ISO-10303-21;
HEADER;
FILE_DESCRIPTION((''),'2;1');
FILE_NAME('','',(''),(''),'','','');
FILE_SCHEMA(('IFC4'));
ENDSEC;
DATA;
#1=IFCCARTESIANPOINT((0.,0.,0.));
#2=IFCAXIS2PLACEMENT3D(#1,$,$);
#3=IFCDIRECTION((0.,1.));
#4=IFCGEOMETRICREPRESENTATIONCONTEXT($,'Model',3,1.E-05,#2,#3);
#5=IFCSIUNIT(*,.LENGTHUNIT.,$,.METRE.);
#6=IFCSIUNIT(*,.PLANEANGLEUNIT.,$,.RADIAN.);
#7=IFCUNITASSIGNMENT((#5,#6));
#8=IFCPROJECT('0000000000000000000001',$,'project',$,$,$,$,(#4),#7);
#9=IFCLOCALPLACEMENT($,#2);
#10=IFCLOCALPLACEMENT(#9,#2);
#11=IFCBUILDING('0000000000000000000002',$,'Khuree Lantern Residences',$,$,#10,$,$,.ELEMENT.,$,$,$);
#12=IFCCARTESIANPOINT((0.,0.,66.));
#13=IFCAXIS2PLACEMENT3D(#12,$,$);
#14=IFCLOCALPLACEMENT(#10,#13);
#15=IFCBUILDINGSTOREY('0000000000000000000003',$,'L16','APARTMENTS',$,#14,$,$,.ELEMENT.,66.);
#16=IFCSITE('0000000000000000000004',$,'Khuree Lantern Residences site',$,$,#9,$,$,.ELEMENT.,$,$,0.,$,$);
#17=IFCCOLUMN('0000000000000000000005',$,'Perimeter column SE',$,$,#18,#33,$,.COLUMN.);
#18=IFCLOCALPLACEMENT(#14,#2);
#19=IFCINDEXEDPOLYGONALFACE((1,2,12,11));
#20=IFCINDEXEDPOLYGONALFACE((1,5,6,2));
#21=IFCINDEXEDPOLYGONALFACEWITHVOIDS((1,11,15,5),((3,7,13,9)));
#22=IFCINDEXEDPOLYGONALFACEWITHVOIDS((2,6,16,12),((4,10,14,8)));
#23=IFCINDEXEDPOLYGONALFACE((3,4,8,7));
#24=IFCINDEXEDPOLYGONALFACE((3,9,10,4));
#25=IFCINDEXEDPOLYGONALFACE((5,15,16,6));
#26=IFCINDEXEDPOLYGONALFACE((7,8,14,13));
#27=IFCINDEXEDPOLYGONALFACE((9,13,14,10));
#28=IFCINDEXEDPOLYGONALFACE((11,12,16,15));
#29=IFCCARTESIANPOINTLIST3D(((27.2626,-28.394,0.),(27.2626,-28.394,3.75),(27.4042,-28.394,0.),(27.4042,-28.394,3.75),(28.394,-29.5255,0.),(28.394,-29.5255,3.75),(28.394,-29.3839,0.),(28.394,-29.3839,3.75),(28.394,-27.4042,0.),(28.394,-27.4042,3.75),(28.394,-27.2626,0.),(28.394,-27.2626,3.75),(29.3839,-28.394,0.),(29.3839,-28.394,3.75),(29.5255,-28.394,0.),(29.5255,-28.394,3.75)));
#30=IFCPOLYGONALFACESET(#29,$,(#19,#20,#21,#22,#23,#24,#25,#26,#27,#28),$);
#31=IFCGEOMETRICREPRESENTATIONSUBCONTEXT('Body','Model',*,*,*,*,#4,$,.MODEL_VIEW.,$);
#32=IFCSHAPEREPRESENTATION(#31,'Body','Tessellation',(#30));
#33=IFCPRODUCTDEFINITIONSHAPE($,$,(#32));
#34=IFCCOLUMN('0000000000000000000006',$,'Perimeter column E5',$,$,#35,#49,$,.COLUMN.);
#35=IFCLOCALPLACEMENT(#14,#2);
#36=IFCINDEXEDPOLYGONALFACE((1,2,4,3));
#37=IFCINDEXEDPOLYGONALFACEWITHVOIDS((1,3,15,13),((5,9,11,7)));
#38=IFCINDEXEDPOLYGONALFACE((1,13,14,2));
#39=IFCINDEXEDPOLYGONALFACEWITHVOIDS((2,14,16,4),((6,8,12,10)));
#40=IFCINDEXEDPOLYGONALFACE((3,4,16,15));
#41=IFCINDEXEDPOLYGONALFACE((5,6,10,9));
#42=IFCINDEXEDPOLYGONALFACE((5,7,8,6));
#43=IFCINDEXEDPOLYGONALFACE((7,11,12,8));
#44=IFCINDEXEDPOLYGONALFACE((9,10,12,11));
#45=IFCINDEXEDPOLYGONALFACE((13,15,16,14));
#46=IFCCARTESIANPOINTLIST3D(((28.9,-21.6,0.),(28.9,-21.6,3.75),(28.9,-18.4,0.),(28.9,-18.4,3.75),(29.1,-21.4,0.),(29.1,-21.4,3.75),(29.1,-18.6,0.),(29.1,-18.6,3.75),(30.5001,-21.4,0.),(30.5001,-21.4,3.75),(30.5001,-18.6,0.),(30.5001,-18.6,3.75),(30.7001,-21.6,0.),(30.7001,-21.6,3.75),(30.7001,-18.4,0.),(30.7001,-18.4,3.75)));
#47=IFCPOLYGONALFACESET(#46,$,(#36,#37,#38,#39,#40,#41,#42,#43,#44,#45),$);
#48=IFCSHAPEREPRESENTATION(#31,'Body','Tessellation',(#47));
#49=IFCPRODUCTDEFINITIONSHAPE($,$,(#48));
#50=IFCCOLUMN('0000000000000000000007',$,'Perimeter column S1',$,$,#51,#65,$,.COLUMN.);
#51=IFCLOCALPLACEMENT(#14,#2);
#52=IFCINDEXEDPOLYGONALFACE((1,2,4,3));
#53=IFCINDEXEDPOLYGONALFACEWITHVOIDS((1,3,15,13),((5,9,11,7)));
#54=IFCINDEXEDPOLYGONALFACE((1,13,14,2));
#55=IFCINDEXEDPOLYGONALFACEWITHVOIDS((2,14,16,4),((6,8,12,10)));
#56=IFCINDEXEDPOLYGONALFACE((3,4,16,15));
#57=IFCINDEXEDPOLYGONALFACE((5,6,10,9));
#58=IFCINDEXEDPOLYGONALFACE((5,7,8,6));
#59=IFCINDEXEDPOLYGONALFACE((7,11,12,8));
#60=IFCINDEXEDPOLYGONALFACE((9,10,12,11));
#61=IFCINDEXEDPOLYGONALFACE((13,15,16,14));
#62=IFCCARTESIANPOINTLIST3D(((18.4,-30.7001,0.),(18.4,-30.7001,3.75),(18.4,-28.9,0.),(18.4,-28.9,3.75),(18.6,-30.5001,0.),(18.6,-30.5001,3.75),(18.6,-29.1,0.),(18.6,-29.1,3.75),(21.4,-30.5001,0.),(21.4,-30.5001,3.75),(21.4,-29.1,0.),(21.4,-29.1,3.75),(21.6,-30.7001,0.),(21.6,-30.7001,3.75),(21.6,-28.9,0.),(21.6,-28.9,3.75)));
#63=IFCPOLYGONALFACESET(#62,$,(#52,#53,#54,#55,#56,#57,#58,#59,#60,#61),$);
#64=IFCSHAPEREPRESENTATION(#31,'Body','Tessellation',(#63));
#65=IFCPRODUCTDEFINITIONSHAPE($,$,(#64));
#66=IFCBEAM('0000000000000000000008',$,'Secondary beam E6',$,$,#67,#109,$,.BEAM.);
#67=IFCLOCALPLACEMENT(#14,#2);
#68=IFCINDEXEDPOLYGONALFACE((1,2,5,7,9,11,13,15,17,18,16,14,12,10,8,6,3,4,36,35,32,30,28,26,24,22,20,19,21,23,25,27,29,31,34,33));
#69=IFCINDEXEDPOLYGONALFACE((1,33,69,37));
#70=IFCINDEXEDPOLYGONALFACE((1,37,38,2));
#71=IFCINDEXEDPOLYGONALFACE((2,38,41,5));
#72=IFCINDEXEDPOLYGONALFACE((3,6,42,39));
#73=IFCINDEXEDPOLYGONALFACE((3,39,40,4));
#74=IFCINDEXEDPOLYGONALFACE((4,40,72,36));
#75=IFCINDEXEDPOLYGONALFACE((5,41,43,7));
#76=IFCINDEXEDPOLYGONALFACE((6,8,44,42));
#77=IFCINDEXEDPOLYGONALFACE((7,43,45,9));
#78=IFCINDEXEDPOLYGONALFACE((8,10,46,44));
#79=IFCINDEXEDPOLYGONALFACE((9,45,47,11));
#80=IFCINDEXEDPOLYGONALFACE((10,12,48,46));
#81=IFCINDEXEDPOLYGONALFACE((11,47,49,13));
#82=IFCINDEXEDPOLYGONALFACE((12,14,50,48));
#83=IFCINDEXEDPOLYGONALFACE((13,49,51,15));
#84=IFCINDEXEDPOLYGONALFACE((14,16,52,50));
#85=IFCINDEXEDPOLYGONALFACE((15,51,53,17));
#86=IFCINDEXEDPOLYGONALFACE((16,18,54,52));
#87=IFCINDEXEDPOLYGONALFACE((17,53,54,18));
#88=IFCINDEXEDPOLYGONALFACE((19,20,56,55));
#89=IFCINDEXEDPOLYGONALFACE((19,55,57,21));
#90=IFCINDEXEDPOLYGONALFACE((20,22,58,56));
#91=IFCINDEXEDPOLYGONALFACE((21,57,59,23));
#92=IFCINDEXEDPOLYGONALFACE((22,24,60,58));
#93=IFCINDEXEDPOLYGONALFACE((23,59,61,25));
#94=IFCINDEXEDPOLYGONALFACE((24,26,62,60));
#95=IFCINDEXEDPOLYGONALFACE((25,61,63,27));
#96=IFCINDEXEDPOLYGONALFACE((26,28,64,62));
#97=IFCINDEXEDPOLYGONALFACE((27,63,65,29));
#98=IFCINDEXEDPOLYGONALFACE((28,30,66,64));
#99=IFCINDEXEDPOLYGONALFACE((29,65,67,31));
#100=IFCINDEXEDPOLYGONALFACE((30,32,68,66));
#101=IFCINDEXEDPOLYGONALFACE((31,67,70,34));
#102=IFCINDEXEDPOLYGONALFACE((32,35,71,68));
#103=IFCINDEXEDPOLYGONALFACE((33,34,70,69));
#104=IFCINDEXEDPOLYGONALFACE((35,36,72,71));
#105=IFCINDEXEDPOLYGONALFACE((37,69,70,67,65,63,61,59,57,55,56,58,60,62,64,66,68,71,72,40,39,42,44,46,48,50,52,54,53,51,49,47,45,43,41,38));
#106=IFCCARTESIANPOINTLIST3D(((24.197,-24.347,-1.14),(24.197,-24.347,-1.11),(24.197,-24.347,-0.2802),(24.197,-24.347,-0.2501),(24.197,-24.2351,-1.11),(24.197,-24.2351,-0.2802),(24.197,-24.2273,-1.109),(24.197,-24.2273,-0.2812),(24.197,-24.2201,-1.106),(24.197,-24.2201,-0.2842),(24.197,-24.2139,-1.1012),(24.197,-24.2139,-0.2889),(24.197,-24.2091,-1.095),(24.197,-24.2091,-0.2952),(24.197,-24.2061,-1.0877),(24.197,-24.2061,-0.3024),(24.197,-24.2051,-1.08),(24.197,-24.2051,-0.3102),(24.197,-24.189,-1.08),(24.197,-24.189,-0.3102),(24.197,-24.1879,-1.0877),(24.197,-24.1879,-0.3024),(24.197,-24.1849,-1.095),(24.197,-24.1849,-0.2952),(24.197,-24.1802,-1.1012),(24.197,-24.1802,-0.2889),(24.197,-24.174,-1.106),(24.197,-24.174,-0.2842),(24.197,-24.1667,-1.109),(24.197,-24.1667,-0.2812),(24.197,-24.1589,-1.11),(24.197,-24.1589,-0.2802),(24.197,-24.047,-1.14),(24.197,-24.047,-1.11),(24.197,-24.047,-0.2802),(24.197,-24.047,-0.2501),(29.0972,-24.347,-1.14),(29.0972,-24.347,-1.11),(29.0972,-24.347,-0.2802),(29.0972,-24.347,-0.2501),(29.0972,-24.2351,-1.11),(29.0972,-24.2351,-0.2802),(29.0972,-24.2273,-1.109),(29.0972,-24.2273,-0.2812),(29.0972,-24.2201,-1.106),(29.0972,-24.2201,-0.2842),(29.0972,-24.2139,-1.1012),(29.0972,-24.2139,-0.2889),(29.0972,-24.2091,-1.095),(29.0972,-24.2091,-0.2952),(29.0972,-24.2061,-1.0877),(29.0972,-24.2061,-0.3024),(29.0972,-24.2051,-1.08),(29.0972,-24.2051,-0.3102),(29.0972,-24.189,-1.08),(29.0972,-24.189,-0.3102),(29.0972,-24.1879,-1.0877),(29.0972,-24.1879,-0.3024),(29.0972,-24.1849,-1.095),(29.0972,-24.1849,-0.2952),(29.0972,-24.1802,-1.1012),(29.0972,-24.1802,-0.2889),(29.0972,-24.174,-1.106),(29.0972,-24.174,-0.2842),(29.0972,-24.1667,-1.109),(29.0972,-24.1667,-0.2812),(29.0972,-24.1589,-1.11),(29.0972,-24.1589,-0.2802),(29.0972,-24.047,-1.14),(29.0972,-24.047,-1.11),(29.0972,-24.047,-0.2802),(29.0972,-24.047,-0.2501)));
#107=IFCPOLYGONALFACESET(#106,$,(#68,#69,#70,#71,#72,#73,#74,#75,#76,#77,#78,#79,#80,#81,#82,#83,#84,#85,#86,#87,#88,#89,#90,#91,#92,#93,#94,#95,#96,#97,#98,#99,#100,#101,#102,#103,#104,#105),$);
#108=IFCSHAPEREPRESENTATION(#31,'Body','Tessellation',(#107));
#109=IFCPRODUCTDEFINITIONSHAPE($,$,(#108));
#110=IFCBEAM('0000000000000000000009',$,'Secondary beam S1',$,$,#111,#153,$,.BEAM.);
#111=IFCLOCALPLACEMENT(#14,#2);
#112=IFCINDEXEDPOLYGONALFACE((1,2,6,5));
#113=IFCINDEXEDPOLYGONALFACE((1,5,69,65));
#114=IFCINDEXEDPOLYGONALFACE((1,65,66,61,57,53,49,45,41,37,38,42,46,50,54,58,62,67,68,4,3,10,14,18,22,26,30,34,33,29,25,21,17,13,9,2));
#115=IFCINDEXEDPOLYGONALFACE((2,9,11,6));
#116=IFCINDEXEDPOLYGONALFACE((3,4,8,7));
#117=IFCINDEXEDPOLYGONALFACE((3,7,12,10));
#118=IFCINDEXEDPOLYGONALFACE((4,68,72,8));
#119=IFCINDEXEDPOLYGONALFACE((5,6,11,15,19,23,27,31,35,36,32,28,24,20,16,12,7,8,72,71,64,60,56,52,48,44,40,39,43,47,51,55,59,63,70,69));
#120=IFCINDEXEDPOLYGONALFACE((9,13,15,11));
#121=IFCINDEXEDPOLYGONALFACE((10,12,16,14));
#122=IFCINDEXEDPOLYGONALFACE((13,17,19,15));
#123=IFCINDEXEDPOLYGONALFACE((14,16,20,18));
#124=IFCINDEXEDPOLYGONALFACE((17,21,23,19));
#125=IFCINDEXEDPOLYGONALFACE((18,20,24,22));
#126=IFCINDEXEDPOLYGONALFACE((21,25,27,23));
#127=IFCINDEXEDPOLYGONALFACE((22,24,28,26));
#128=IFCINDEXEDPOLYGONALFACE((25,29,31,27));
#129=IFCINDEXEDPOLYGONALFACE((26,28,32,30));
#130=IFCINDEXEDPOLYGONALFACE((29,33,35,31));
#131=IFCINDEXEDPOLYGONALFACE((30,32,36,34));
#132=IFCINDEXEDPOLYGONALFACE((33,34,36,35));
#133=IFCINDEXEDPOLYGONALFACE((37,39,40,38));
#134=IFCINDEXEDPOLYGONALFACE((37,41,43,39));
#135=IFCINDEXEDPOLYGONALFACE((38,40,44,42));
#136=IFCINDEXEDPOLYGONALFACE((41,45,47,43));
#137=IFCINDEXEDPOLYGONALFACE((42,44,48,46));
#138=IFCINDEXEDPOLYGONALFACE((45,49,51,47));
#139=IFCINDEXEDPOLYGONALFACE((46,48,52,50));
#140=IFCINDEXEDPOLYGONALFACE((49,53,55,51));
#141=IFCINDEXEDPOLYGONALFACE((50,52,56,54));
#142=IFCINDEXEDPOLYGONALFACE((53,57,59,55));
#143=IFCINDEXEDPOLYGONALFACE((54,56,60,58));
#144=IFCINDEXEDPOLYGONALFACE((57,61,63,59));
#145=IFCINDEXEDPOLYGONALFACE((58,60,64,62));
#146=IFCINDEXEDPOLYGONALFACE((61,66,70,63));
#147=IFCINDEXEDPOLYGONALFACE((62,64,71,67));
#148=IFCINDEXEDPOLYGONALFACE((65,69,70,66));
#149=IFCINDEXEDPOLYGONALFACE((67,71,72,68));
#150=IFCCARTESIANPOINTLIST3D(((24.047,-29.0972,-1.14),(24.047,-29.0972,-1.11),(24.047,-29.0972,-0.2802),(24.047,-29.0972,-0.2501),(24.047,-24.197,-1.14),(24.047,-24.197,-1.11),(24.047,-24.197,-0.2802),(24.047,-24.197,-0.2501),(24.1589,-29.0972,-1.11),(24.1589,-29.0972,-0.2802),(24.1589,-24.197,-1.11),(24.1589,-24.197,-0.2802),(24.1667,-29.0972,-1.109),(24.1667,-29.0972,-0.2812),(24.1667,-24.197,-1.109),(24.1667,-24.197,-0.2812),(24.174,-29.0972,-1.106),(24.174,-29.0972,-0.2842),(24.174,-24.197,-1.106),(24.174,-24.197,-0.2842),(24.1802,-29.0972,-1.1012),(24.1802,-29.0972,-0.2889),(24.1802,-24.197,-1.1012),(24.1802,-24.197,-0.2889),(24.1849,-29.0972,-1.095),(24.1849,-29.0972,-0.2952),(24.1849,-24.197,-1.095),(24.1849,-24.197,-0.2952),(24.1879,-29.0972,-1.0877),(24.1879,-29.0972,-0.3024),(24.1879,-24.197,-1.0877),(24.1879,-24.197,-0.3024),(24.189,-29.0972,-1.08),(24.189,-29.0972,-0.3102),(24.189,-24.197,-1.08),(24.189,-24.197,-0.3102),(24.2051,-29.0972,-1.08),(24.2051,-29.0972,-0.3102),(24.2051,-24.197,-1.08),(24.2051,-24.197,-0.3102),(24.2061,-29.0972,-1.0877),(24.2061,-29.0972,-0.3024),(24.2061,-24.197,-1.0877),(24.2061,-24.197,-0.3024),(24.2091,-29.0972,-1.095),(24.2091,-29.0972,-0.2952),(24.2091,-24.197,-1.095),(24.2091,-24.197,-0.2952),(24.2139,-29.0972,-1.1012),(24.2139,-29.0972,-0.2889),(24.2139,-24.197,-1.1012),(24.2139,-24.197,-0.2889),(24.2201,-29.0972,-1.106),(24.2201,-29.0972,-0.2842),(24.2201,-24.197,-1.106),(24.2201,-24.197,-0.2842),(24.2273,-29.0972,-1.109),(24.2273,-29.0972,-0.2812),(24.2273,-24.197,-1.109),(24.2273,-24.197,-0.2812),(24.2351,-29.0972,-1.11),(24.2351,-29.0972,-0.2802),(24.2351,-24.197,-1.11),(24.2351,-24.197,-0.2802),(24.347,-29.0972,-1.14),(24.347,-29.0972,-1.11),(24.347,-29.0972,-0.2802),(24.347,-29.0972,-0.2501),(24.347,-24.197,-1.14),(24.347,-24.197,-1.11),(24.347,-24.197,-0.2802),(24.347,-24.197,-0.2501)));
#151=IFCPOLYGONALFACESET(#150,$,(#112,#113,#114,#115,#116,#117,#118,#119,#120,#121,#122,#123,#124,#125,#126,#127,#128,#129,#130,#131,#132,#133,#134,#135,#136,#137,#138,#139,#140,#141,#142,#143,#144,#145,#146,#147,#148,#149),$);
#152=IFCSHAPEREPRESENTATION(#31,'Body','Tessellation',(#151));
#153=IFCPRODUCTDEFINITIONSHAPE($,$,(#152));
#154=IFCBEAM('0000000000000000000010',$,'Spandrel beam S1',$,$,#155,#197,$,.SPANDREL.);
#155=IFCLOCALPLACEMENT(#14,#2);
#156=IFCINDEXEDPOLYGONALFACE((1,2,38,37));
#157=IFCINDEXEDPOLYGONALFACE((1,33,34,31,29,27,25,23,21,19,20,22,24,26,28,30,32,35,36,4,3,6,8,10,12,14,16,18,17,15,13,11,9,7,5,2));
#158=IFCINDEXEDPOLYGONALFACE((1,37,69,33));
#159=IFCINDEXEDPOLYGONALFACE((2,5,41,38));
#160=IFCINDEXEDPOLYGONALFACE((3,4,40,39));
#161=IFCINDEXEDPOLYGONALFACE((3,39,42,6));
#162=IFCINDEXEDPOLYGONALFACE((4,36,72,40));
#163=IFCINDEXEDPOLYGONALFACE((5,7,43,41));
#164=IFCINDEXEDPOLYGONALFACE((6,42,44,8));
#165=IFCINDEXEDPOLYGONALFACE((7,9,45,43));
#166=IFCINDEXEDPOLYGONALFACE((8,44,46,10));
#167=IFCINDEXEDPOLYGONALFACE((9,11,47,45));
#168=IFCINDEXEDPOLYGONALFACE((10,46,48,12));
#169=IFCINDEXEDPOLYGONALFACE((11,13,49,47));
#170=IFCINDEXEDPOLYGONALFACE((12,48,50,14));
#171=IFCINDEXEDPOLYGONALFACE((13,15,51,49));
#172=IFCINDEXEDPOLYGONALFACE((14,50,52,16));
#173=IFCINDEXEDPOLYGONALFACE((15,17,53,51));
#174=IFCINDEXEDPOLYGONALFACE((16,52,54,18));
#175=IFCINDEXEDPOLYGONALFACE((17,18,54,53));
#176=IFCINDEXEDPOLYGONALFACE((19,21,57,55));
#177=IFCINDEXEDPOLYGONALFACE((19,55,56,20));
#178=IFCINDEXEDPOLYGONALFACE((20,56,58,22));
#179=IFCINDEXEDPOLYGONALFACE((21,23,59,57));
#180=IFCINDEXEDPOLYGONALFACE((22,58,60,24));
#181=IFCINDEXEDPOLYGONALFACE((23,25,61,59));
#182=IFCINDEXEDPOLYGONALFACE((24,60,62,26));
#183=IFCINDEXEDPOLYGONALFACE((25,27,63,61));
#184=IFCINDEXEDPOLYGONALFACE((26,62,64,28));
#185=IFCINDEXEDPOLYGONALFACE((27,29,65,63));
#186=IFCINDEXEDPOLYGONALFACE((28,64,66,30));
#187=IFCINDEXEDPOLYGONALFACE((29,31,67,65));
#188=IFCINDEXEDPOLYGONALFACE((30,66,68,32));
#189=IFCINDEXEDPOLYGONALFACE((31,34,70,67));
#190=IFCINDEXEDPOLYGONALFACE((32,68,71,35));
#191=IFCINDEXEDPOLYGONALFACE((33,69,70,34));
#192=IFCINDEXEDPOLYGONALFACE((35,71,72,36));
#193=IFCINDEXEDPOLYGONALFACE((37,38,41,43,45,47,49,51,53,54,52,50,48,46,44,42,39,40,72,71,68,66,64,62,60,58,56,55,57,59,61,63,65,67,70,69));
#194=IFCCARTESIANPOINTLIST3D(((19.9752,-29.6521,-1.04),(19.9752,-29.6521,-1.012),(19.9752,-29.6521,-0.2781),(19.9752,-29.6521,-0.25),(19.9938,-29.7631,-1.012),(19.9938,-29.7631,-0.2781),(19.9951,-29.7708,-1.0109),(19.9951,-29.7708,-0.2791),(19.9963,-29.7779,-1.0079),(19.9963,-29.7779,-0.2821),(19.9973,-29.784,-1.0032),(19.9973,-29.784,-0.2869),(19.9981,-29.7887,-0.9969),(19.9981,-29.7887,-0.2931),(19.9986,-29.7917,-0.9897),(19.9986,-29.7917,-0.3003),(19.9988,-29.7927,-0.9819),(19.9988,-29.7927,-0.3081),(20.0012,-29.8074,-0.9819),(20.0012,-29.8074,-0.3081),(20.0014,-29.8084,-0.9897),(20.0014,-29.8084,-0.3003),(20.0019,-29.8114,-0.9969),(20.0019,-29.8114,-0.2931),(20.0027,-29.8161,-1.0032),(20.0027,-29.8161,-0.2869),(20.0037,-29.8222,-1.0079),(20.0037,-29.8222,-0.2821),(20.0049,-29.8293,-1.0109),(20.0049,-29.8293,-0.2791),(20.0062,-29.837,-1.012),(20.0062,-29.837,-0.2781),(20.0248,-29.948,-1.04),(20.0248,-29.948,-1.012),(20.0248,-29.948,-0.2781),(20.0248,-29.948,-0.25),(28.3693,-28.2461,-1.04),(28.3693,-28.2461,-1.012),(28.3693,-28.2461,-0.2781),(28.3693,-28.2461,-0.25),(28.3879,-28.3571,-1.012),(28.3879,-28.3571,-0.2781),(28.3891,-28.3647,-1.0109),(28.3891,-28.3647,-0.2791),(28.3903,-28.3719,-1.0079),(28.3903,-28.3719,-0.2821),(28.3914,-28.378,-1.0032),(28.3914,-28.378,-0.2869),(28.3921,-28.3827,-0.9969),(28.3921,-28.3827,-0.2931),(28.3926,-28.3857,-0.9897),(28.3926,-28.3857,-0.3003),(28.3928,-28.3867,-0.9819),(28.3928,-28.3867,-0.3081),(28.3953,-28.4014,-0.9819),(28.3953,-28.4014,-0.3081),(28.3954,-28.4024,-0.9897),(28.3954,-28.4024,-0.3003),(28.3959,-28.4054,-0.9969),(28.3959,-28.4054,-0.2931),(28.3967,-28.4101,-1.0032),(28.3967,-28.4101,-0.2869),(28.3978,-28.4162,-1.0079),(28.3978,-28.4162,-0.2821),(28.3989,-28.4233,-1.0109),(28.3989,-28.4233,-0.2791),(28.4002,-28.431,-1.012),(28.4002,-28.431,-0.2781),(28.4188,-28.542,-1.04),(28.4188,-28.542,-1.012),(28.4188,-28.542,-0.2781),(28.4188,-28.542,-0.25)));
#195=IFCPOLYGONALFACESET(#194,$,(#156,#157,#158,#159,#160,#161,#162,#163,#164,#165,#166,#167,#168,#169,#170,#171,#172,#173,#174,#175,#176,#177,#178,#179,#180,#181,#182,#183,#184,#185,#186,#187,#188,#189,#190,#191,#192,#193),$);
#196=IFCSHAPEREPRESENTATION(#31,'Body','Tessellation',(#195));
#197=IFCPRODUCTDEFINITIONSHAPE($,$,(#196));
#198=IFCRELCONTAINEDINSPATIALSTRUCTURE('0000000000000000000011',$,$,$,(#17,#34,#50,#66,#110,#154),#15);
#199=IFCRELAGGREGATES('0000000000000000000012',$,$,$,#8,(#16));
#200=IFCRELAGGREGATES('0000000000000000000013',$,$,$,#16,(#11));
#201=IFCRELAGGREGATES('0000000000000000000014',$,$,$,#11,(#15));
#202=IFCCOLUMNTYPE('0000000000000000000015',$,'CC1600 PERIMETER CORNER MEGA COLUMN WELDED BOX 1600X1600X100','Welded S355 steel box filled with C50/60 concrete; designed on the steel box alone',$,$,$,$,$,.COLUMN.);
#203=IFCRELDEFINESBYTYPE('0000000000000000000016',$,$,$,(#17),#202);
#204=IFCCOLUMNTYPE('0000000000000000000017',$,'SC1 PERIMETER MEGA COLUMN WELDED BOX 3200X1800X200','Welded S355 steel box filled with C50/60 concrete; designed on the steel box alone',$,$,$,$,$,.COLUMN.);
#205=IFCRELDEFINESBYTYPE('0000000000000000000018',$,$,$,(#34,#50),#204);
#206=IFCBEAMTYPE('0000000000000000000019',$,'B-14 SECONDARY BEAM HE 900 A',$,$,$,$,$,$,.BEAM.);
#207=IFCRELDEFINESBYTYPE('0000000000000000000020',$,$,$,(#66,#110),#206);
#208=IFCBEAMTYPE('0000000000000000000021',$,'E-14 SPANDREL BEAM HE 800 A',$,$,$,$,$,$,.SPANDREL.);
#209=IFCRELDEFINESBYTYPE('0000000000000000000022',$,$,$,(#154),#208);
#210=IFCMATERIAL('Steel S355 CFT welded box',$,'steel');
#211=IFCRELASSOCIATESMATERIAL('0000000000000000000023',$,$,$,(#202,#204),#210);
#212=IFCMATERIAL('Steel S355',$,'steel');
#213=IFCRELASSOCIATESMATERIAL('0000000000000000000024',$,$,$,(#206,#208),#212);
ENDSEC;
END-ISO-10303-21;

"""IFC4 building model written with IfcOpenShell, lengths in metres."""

from ifc_helpers import new_model, si_unit, direction, frame, origin, origin_2d, place, context, subcontext, project, spatial, hollow_rectangle, i_section, extrude, material, material_profile, profile_set, type_object, element, save


model = new_model("IFC4")

# Units and contexts
model_context = context("Model", 3, precision=1e-05, world=origin(), true_north=direction((0.0, 1.0)))
body_context = subcontext(model_context, "Body", "Model", "MODEL_VIEW")
ifc_project = project(units=[si_unit("LENGTHUNIT", "METRE"), si_unit("PLANEANGLEUNIT", "RADIAN")], contexts=[model_context])

# Site, building, storey
site_placement = place(None, origin())
site = spatial("IfcSite", under=ifc_project, at=site_placement, Name="Khuree Lantern Residences site", CompositionType="ELEMENT", RefElevation=0.0)
building_placement = place(site_placement, origin())
building = spatial("IfcBuilding", under=site, at=building_placement, Name="Khuree Lantern Residences", CompositionType="ELEMENT")
storey_placement = place(building_placement, frame((0.0, 0.0, 66.0)))
storey = spatial("IfcBuildingStorey", under=building, at=storey_placement, Name="L16", Description="APARTMENTS", CompositionType="ELEMENT", Elevation=66.0)

# Columns
ifc_material_1 = material(Name="Steel S355 CFT welded box", Category="steel")
ifc_material_profile_1 = material_profile(ifc_material_1, hollow_rectangle(XDim=1.6001, YDim=1.6001, WallThickness=0.1001, at=origin_2d()), Name="WELDED BOX 1600X1600X100")
ifc_profile_set_1 = profile_set([ifc_material_profile_1], Name="Steel S355 CFT welded box")
column_type_1 = type_object("IfcColumnType", Name="CC1600 PERIMETER CORNER MEGA COLUMN WELDED BOX 1600X1600X100", Description="Welded S355 steel box filled with C50/60 concrete; designed on the steel box alone", PredefinedType="COLUMN", material=ifc_profile_set_1)
column_placement = place(storey_placement, frame((28.394, -28.394, 0.0), z_axis=(0.0, 0.0, 1.0), x_axis=(0.707107, 0.707107, 0.0)))
element("IfcColumn", 1, at=column_placement, inside=storey, type_object=column_type_1, Name="Perimeter column SE", PredefinedType="COLUMN", context=body_context, shape_type="SweptSolid", body=[
    extrude(hollow_rectangle(XDim=1.6001, YDim=1.6001, WallThickness=0.1001, at=origin_2d()), origin(), (0.0, 0.0, 1.0), 3.75),
])
ifc_material_profile_2 = material_profile(ifc_material_1, hollow_rectangle(XDim=3.2, YDim=1.8, WallThickness=0.2, at=origin_2d()), Name="WELDED BOX 3200X1800X200")
ifc_profile_set_2 = profile_set([ifc_material_profile_2], Name="Steel S355 CFT welded box")
column_type_2 = type_object("IfcColumnType", Name="SC1 PERIMETER MEGA COLUMN WELDED BOX 3200X1800X200", Description="Welded S355 steel box filled with C50/60 concrete; designed on the steel box alone", PredefinedType="COLUMN", material=ifc_profile_set_2)
for number, where, z_axis, x_axis, name in (
    (2, (29.8, -20.0, 0.0), (0.0, 0.0, 1.0), (0.0, 1.0, 0.0), "Perimeter column E5"),
    (3, (20.0, -29.8, 0.0), (0.0, 0.0, 1.0), (1.0, 0.0, 0.0), "Perimeter column S1"),
):
    element("IfcColumn", number, at=place(storey_placement, frame(where, z_axis=z_axis, x_axis=x_axis)), inside=storey, type_object=column_type_2, Name=name, PredefinedType="COLUMN", context=body_context, shape_type="SweptSolid", body=[
        extrude(hollow_rectangle(XDim=3.2, YDim=1.8, WallThickness=0.2, at=origin_2d()), origin(), (0.0, 0.0, 1.0), 3.75),
    ])

# Beams
ifc_material_2 = material(Name="Steel S355", Category="steel")
ifc_material_profile_3 = material_profile(ifc_material_2, i_section(OverallWidth=0.3, OverallDepth=0.8899, WebThickness=0.0161, FlangeThickness=0.03, FilletRadius=0.03, at=origin_2d()), Name="HE 900 A")
ifc_profile_set_3 = profile_set([ifc_material_profile_3], Name="Steel S355")
beam_type_1 = type_object("IfcBeamType", Name="B-14 SECONDARY BEAM HE 900 A", PredefinedType="BEAM", material=ifc_profile_set_3)
for number, where, z_axis, x_axis, name in (
    (4, (29.0972, -24.197, -0.6951), (-1.0, 0.0, 0.0), (0.0, -1.0, 0.0), "Secondary beam E6"),
    (5, (24.197, -29.0972, -0.6951), (0.0, 1.0, 0.0), (-1.0, 0.0, 0.0), "Secondary beam S1"),
):
    element("IfcBeam", number, at=place(storey_placement, frame(where, z_axis=z_axis, x_axis=x_axis)), inside=storey, type_object=beam_type_1, Name=name, PredefinedType="BEAM", context=body_context, shape_type="SweptSolid", body=[
        extrude(i_section(OverallWidth=0.3, OverallDepth=0.8899, WebThickness=0.0161, FlangeThickness=0.03, FilletRadius=0.03, at=origin_2d()), origin(), (0.0, 0.0, 1.0), 4.9001),
    ])
ifc_material_profile_4 = material_profile(ifc_material_2, i_section(OverallWidth=0.3, OverallDepth=0.79, WebThickness=0.0149, FlangeThickness=0.0281, FilletRadius=0.03, at=origin_2d()), Name="HE 800 A")
ifc_profile_set_4 = profile_set([ifc_material_profile_4], Name="Steel S355")
beam_type_2 = type_object("IfcBeamType", Name="E-14 SPANDREL BEAM HE 800 A", PredefinedType="SPANDREL", material=ifc_profile_set_4)
beam_1_placement = place(storey_placement, frame((28.394, -28.394, -0.645), z_axis=(-0.98626, -0.165199, 0.0), x_axis=(0.165199, -0.98626, 0.0)))
element("IfcBeam", 6, at=beam_1_placement, inside=storey, type_object=beam_type_2, Name="Spandrel beam S1", PredefinedType="SPANDREL", context=body_context, shape_type="SweptSolid", body=[
    extrude(i_section(OverallWidth=0.3, OverallDepth=0.79, WebThickness=0.0149, FlangeThickness=0.0281, FilletRadius=0.03, at=origin_2d()), origin(), (0.0, 0.0, 1.0), 8.511),
])

save(model, "model.ifc")
